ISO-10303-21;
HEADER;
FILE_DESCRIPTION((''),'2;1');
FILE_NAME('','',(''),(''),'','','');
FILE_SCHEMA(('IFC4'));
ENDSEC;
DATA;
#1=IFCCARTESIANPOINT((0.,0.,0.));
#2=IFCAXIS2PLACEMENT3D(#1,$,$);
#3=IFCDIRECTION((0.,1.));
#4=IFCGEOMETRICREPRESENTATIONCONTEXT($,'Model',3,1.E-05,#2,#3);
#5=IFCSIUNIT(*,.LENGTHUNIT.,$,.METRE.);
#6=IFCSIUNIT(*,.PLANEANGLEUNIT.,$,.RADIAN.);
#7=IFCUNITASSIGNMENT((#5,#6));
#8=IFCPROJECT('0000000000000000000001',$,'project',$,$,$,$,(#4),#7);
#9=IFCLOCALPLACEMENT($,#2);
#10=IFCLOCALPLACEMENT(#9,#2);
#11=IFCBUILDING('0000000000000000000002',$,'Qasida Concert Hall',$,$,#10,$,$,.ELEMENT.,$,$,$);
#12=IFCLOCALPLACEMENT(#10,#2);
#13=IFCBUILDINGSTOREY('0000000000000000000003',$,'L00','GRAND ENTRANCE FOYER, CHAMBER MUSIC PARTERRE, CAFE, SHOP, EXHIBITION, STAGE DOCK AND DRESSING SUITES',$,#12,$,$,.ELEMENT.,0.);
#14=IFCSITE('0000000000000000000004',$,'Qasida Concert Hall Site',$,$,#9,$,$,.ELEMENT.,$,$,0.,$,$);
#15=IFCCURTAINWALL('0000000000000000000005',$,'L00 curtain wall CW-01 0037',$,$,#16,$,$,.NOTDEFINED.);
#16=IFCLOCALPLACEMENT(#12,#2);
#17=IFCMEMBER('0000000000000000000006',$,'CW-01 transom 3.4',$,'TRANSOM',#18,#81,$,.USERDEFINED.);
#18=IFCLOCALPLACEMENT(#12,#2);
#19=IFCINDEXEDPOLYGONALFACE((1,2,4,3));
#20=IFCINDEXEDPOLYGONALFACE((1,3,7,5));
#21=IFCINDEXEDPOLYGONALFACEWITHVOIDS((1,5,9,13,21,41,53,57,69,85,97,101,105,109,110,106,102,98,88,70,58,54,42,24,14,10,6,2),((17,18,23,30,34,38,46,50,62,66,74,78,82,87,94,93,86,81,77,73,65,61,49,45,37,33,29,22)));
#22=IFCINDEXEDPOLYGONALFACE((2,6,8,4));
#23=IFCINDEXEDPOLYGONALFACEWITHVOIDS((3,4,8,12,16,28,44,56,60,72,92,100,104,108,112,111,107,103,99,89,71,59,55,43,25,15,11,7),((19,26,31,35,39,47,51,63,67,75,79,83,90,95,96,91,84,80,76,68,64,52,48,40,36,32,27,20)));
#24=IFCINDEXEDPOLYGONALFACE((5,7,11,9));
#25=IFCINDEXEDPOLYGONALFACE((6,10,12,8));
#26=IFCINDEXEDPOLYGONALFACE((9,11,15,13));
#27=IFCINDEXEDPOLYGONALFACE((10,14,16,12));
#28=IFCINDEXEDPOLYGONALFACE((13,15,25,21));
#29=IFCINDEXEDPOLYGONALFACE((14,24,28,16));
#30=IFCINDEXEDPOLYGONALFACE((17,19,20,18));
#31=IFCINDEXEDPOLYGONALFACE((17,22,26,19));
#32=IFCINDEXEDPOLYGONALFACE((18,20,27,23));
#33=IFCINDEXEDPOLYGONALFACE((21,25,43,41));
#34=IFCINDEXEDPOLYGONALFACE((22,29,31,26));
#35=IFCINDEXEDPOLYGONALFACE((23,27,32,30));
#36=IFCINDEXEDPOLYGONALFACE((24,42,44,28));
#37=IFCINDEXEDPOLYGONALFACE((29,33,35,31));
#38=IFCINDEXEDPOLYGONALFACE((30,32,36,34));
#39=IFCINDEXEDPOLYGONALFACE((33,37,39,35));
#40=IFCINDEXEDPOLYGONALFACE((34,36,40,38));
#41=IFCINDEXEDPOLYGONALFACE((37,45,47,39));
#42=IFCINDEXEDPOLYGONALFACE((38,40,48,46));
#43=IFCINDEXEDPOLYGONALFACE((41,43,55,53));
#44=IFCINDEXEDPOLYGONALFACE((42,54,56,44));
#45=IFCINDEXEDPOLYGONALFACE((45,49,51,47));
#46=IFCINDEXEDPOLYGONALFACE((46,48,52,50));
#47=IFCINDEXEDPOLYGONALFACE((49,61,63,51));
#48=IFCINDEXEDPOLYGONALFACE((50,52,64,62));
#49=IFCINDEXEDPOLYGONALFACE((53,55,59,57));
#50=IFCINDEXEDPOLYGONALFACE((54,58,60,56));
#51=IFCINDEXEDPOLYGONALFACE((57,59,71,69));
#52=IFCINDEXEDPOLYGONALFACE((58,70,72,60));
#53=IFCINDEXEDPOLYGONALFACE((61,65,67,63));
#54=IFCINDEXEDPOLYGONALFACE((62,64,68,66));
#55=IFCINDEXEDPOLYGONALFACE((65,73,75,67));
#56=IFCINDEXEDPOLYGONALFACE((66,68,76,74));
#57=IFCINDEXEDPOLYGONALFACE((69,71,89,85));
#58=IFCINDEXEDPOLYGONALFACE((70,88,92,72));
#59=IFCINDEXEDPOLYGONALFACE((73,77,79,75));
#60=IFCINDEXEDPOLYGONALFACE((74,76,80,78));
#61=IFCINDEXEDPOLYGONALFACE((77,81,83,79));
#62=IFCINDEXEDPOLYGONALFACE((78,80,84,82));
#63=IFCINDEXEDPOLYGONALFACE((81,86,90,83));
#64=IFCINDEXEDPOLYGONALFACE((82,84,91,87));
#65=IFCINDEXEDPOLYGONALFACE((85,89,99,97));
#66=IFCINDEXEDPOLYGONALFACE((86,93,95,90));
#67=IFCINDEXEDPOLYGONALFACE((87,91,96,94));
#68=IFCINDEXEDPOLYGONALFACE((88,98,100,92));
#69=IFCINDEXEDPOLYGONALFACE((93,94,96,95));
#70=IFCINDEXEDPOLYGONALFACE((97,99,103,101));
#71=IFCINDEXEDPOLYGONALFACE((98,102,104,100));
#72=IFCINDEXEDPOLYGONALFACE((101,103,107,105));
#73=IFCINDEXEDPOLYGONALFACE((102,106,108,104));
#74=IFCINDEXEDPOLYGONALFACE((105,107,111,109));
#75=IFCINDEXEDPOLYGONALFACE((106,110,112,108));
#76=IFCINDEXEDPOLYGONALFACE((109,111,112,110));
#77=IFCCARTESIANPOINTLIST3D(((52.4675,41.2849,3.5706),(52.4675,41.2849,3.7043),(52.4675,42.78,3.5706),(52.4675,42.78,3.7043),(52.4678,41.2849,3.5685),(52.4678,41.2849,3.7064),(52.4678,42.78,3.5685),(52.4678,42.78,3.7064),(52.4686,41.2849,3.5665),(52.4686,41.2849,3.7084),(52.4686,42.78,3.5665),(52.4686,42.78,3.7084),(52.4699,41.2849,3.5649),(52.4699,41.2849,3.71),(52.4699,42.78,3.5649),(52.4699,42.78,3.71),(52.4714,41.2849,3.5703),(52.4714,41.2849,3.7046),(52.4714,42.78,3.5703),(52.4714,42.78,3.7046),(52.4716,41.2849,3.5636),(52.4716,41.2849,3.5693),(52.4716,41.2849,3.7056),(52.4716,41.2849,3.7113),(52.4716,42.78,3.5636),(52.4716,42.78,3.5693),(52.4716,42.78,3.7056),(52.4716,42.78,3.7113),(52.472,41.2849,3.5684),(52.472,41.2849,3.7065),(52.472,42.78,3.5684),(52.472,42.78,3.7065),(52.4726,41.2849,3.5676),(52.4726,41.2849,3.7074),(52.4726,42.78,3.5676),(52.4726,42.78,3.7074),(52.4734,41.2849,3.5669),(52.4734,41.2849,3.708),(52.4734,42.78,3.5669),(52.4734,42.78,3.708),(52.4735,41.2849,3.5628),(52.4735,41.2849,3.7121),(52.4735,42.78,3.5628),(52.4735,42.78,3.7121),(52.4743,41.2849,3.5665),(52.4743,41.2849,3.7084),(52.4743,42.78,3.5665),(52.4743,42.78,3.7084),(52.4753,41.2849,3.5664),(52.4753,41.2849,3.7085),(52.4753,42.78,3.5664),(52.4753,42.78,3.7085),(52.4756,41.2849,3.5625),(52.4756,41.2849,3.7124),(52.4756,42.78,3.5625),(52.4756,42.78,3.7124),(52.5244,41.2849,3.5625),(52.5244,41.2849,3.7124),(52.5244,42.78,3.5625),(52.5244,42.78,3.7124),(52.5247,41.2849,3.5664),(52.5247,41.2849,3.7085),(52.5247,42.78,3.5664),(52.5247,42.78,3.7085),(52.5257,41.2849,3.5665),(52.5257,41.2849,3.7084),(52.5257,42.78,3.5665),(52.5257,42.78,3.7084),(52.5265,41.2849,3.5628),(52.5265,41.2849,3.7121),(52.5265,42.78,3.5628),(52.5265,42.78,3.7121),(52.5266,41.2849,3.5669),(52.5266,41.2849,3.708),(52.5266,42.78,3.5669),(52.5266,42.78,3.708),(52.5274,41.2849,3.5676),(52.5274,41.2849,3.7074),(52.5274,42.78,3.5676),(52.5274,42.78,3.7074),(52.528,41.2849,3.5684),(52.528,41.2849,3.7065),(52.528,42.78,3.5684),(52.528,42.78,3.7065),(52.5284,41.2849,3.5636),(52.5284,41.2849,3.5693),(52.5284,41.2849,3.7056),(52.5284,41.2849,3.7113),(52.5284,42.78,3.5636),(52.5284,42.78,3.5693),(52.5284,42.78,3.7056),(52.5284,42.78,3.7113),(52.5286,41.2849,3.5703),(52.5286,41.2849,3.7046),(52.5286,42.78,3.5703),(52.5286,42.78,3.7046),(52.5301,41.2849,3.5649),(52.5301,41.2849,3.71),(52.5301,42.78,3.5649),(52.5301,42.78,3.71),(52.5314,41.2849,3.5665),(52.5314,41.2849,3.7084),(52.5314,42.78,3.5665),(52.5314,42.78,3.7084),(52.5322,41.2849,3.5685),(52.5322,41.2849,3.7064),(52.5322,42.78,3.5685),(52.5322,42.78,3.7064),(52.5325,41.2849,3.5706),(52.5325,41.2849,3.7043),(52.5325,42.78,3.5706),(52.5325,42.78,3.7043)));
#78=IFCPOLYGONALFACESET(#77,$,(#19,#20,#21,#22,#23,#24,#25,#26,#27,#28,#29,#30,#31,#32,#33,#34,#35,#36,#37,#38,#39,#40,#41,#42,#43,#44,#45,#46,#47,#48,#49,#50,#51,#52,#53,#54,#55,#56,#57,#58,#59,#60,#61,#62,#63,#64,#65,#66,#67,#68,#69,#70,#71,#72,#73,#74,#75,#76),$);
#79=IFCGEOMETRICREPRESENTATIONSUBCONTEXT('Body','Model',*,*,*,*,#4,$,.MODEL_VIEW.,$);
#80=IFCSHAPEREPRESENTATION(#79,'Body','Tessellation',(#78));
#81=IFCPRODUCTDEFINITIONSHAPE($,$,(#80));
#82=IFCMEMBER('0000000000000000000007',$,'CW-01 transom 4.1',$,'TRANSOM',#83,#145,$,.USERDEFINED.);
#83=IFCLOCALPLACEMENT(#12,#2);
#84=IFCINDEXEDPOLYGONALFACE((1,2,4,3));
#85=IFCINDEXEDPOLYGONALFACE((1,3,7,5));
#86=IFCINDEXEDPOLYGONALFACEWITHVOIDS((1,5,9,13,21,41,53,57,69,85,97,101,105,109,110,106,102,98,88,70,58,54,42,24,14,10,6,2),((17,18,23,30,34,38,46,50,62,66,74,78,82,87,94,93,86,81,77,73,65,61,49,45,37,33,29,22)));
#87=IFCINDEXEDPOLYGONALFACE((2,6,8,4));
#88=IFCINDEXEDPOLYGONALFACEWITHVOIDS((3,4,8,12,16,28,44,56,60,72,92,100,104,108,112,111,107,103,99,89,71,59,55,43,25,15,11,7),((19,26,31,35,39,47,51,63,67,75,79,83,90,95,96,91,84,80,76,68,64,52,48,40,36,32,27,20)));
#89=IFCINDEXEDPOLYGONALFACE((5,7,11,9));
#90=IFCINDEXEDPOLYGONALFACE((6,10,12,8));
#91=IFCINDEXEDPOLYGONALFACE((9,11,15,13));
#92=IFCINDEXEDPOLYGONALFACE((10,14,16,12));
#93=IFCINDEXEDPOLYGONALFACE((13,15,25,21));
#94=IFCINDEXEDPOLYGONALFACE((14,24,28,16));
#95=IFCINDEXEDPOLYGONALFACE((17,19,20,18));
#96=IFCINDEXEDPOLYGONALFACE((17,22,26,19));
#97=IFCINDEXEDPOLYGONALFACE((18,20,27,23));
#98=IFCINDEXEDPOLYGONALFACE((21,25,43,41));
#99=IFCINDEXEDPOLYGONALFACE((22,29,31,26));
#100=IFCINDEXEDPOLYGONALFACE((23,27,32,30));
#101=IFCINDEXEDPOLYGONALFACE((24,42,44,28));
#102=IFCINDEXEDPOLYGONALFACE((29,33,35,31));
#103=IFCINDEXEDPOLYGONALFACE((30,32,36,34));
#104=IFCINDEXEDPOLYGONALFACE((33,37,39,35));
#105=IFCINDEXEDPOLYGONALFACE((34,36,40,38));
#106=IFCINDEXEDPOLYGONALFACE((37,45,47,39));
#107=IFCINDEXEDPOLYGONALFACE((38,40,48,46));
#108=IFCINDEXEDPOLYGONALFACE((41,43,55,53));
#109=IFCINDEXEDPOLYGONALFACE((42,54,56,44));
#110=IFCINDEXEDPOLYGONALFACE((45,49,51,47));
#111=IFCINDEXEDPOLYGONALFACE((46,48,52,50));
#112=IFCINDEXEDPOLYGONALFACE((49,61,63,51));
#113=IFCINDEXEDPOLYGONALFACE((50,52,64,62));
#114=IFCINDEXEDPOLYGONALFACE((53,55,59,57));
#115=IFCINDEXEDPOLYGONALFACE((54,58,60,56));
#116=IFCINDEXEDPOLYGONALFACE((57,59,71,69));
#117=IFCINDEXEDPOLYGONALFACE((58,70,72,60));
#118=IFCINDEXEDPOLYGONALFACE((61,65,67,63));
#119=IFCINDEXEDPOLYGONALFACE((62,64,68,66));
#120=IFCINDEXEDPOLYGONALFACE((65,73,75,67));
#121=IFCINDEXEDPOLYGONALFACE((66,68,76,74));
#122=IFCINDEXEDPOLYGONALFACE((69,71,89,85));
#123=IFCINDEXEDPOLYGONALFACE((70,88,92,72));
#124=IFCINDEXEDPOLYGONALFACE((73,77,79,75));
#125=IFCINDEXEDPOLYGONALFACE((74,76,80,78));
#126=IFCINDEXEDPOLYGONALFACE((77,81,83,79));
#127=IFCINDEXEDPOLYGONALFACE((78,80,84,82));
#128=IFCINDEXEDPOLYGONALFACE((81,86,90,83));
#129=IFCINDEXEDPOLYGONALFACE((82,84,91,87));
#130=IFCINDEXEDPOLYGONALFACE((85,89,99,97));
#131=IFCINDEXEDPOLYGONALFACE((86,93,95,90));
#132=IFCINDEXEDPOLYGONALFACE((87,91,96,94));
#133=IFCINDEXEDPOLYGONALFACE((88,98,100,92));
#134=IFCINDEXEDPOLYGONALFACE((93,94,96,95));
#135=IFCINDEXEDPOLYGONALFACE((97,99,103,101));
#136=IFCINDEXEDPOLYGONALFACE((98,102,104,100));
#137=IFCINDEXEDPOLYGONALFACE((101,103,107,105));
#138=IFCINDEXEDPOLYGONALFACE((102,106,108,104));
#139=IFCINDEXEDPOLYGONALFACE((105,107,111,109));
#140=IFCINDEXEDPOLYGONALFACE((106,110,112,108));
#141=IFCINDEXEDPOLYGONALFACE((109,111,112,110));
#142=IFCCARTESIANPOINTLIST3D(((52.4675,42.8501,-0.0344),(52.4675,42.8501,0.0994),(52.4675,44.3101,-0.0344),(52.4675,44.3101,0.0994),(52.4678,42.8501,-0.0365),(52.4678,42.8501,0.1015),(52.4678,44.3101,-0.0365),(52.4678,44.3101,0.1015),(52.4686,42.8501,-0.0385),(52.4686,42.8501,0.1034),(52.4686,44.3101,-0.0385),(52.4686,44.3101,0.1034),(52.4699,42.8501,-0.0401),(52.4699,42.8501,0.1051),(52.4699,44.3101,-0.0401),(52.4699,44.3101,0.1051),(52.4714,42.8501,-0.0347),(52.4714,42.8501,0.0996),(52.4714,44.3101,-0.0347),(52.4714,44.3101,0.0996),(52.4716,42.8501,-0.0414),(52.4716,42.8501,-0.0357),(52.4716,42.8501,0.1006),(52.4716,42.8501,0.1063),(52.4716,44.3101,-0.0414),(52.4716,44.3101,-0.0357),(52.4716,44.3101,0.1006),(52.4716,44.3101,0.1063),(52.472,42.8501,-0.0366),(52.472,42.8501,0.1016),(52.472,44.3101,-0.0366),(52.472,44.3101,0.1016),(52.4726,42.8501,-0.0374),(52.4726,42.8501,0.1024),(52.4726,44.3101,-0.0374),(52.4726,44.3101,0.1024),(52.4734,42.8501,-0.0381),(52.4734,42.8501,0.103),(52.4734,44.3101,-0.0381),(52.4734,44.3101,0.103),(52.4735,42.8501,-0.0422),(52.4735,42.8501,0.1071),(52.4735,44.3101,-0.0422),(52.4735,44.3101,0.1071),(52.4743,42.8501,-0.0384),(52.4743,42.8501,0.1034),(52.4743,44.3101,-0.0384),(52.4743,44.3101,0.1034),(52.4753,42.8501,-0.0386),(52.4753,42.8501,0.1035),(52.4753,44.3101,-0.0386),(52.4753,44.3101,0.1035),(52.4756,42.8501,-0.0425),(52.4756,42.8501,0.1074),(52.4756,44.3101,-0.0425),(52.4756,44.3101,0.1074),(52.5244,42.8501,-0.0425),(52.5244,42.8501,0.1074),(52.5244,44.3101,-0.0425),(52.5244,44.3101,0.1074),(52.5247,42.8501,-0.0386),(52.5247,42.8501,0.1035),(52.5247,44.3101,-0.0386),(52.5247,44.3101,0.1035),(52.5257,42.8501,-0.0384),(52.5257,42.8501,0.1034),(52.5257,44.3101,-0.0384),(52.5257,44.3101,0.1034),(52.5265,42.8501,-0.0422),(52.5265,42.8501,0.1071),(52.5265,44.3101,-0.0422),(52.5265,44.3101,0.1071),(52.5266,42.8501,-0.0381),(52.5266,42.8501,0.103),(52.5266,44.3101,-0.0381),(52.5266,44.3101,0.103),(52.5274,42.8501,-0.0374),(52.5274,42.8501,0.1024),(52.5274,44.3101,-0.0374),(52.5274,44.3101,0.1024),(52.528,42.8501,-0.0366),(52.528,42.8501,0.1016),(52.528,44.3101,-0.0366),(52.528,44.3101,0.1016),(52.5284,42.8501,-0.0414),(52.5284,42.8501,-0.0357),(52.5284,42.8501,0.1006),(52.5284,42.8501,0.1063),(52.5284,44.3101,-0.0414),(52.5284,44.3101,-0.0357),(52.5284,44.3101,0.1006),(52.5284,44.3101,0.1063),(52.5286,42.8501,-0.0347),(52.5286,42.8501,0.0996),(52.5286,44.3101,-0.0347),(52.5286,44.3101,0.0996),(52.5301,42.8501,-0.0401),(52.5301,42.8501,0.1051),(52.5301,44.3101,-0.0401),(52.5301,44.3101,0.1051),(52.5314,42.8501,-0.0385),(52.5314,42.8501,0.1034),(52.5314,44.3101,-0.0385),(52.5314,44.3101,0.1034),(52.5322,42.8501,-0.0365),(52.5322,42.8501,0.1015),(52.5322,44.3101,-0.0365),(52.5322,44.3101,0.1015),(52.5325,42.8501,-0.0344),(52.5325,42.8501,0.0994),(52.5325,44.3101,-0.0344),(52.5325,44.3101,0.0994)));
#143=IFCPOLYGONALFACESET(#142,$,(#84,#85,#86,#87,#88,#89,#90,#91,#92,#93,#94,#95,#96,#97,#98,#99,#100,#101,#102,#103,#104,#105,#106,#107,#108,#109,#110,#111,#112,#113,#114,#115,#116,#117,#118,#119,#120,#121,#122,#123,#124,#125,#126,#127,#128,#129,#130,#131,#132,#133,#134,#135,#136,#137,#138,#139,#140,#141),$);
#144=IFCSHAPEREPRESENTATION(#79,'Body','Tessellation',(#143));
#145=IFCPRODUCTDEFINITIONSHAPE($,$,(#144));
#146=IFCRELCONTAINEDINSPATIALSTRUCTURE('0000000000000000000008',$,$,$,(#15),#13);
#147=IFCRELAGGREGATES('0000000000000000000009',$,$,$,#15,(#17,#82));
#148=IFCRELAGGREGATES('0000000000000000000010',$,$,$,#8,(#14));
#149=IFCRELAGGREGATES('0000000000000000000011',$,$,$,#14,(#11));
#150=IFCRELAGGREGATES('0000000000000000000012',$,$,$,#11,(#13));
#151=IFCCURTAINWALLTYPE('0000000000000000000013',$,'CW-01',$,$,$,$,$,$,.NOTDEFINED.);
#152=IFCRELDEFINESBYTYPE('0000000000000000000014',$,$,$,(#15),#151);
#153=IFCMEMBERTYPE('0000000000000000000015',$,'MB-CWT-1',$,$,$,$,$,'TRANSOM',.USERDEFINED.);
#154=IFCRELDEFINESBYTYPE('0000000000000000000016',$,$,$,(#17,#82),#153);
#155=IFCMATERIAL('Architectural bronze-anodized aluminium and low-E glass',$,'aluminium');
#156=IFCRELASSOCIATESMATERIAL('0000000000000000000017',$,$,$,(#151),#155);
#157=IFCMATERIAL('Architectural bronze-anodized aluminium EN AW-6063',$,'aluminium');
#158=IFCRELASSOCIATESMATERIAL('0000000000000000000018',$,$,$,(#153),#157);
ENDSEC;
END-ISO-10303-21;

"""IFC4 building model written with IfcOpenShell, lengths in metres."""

from ifc_helpers import new_model, si_unit, direction, frame, origin, origin_2d, place, context, subcontext, project, spatial, hollow_rectangle, extrude, material, material_profile, profile_set, type_object, element, aggregate, save


model = new_model("IFC4")

# Units and contexts
model_context = context("Model", 3, precision=1e-05, world=origin(), true_north=direction((0.0, 1.0)))
body_context = subcontext(model_context, "Body", "Model", "MODEL_VIEW")
ifc_project = project(units=[si_unit("LENGTHUNIT", "METRE"), si_unit("PLANEANGLEUNIT", "RADIAN")], contexts=[model_context])

# Site, building, storey
site_placement = place(None, origin())
site = spatial("IfcSite", under=ifc_project, at=site_placement, Name="Qasida Concert Hall Site", CompositionType="ELEMENT", RefElevation=0.0)
building_placement = place(site_placement, origin())
building = spatial("IfcBuilding", under=site, at=building_placement, Name="Qasida Concert Hall", CompositionType="ELEMENT")
storey_placement = place(building_placement, origin())
storey = spatial("IfcBuildingStorey", under=building, at=storey_placement, Name="L00", Description="GRAND ENTRANCE FOYER, CHAMBER MUSIC PARTERRE, CAFE, SHOP, EXHIBITION, STAGE DOCK AND DRESSING SUITES", CompositionType="ELEMENT", Elevation=0.0)

# Curtain wall, members
ifc_material_1 = material(Name="Architectural bronze-anodized aluminium and low-E glass", Category="aluminium")
curtain_wall_type = type_object("IfcCurtainWallType", Name="CW-01", PredefinedType="NOTDEFINED", material=ifc_material_1)
curtain_wall_placement = place(storey_placement, origin())
curtain_wall = element("IfcCurtainWall", 1, at=curtain_wall_placement, inside=storey, type_object=curtain_wall_type, Name="L00 curtain wall CW-01 0037", PredefinedType="NOTDEFINED")
ifc_material_2 = material(Name="Architectural bronze-anodized aluminium EN AW-6063", Category="aluminium")
ifc_material_profile_1 = material_profile(ifc_material_2, hollow_rectangle(XDim=0.0649, YDim=0.1499, WallThickness=0.0039, InnerFilletRadius=0.0039, OuterFilletRadius=0.0081, at=origin_2d()), Name="CWT 150x65x4")
ifc_profile_set_1 = profile_set([ifc_material_profile_1], Name="Architectural bronze-anodized aluminium EN AW-6063")
member_type_1 = type_object("IfcMemberType", Name="MB-CWT-1", ElementType="TRANSOM", PredefinedType="USERDEFINED", material=ifc_profile_set_1)
member_1_placement = place(storey_placement, frame((52.5, 41.2849, 3.6375), z_axis=(0.0, 1.0, 0.0), x_axis=(-1.0, 0.0, 0.0)))
member_1 = element("IfcMember", 2, at=member_1_placement, type_object=member_type_1, Name="CW-01 transom 3.4", ObjectType="TRANSOM", PredefinedType="USERDEFINED", context=body_context, shape_type="SweptSolid", body=[
    extrude(hollow_rectangle(XDim=0.0649, YDim=0.1499, WallThickness=0.0039, InnerFilletRadius=0.0039, OuterFilletRadius=0.0081, at=origin_2d()), origin(), (0.0, 0.0, 1.0), 1.4951),
])
member_2_placement = place(storey_placement, frame((52.5, 42.8501, 0.0325), z_axis=(0.0, 1.0, 0.0), x_axis=(-1.0, 0.0, 0.0)))
member_2 = element("IfcMember", 3, at=member_2_placement, type_object=member_type_1, Name="CW-01 transom 4.1", ObjectType="TRANSOM", PredefinedType="USERDEFINED", context=body_context, shape_type="SweptSolid", body=[
    extrude(hollow_rectangle(XDim=0.0649, YDim=0.1499, WallThickness=0.0039, InnerFilletRadius=0.0039, OuterFilletRadius=0.0081, at=origin_2d()), origin(), (0.0, 0.0, 1.0), 1.46),
])
aggregate(curtain_wall, [member_1, member_2])

save(model, "model.ifc")
